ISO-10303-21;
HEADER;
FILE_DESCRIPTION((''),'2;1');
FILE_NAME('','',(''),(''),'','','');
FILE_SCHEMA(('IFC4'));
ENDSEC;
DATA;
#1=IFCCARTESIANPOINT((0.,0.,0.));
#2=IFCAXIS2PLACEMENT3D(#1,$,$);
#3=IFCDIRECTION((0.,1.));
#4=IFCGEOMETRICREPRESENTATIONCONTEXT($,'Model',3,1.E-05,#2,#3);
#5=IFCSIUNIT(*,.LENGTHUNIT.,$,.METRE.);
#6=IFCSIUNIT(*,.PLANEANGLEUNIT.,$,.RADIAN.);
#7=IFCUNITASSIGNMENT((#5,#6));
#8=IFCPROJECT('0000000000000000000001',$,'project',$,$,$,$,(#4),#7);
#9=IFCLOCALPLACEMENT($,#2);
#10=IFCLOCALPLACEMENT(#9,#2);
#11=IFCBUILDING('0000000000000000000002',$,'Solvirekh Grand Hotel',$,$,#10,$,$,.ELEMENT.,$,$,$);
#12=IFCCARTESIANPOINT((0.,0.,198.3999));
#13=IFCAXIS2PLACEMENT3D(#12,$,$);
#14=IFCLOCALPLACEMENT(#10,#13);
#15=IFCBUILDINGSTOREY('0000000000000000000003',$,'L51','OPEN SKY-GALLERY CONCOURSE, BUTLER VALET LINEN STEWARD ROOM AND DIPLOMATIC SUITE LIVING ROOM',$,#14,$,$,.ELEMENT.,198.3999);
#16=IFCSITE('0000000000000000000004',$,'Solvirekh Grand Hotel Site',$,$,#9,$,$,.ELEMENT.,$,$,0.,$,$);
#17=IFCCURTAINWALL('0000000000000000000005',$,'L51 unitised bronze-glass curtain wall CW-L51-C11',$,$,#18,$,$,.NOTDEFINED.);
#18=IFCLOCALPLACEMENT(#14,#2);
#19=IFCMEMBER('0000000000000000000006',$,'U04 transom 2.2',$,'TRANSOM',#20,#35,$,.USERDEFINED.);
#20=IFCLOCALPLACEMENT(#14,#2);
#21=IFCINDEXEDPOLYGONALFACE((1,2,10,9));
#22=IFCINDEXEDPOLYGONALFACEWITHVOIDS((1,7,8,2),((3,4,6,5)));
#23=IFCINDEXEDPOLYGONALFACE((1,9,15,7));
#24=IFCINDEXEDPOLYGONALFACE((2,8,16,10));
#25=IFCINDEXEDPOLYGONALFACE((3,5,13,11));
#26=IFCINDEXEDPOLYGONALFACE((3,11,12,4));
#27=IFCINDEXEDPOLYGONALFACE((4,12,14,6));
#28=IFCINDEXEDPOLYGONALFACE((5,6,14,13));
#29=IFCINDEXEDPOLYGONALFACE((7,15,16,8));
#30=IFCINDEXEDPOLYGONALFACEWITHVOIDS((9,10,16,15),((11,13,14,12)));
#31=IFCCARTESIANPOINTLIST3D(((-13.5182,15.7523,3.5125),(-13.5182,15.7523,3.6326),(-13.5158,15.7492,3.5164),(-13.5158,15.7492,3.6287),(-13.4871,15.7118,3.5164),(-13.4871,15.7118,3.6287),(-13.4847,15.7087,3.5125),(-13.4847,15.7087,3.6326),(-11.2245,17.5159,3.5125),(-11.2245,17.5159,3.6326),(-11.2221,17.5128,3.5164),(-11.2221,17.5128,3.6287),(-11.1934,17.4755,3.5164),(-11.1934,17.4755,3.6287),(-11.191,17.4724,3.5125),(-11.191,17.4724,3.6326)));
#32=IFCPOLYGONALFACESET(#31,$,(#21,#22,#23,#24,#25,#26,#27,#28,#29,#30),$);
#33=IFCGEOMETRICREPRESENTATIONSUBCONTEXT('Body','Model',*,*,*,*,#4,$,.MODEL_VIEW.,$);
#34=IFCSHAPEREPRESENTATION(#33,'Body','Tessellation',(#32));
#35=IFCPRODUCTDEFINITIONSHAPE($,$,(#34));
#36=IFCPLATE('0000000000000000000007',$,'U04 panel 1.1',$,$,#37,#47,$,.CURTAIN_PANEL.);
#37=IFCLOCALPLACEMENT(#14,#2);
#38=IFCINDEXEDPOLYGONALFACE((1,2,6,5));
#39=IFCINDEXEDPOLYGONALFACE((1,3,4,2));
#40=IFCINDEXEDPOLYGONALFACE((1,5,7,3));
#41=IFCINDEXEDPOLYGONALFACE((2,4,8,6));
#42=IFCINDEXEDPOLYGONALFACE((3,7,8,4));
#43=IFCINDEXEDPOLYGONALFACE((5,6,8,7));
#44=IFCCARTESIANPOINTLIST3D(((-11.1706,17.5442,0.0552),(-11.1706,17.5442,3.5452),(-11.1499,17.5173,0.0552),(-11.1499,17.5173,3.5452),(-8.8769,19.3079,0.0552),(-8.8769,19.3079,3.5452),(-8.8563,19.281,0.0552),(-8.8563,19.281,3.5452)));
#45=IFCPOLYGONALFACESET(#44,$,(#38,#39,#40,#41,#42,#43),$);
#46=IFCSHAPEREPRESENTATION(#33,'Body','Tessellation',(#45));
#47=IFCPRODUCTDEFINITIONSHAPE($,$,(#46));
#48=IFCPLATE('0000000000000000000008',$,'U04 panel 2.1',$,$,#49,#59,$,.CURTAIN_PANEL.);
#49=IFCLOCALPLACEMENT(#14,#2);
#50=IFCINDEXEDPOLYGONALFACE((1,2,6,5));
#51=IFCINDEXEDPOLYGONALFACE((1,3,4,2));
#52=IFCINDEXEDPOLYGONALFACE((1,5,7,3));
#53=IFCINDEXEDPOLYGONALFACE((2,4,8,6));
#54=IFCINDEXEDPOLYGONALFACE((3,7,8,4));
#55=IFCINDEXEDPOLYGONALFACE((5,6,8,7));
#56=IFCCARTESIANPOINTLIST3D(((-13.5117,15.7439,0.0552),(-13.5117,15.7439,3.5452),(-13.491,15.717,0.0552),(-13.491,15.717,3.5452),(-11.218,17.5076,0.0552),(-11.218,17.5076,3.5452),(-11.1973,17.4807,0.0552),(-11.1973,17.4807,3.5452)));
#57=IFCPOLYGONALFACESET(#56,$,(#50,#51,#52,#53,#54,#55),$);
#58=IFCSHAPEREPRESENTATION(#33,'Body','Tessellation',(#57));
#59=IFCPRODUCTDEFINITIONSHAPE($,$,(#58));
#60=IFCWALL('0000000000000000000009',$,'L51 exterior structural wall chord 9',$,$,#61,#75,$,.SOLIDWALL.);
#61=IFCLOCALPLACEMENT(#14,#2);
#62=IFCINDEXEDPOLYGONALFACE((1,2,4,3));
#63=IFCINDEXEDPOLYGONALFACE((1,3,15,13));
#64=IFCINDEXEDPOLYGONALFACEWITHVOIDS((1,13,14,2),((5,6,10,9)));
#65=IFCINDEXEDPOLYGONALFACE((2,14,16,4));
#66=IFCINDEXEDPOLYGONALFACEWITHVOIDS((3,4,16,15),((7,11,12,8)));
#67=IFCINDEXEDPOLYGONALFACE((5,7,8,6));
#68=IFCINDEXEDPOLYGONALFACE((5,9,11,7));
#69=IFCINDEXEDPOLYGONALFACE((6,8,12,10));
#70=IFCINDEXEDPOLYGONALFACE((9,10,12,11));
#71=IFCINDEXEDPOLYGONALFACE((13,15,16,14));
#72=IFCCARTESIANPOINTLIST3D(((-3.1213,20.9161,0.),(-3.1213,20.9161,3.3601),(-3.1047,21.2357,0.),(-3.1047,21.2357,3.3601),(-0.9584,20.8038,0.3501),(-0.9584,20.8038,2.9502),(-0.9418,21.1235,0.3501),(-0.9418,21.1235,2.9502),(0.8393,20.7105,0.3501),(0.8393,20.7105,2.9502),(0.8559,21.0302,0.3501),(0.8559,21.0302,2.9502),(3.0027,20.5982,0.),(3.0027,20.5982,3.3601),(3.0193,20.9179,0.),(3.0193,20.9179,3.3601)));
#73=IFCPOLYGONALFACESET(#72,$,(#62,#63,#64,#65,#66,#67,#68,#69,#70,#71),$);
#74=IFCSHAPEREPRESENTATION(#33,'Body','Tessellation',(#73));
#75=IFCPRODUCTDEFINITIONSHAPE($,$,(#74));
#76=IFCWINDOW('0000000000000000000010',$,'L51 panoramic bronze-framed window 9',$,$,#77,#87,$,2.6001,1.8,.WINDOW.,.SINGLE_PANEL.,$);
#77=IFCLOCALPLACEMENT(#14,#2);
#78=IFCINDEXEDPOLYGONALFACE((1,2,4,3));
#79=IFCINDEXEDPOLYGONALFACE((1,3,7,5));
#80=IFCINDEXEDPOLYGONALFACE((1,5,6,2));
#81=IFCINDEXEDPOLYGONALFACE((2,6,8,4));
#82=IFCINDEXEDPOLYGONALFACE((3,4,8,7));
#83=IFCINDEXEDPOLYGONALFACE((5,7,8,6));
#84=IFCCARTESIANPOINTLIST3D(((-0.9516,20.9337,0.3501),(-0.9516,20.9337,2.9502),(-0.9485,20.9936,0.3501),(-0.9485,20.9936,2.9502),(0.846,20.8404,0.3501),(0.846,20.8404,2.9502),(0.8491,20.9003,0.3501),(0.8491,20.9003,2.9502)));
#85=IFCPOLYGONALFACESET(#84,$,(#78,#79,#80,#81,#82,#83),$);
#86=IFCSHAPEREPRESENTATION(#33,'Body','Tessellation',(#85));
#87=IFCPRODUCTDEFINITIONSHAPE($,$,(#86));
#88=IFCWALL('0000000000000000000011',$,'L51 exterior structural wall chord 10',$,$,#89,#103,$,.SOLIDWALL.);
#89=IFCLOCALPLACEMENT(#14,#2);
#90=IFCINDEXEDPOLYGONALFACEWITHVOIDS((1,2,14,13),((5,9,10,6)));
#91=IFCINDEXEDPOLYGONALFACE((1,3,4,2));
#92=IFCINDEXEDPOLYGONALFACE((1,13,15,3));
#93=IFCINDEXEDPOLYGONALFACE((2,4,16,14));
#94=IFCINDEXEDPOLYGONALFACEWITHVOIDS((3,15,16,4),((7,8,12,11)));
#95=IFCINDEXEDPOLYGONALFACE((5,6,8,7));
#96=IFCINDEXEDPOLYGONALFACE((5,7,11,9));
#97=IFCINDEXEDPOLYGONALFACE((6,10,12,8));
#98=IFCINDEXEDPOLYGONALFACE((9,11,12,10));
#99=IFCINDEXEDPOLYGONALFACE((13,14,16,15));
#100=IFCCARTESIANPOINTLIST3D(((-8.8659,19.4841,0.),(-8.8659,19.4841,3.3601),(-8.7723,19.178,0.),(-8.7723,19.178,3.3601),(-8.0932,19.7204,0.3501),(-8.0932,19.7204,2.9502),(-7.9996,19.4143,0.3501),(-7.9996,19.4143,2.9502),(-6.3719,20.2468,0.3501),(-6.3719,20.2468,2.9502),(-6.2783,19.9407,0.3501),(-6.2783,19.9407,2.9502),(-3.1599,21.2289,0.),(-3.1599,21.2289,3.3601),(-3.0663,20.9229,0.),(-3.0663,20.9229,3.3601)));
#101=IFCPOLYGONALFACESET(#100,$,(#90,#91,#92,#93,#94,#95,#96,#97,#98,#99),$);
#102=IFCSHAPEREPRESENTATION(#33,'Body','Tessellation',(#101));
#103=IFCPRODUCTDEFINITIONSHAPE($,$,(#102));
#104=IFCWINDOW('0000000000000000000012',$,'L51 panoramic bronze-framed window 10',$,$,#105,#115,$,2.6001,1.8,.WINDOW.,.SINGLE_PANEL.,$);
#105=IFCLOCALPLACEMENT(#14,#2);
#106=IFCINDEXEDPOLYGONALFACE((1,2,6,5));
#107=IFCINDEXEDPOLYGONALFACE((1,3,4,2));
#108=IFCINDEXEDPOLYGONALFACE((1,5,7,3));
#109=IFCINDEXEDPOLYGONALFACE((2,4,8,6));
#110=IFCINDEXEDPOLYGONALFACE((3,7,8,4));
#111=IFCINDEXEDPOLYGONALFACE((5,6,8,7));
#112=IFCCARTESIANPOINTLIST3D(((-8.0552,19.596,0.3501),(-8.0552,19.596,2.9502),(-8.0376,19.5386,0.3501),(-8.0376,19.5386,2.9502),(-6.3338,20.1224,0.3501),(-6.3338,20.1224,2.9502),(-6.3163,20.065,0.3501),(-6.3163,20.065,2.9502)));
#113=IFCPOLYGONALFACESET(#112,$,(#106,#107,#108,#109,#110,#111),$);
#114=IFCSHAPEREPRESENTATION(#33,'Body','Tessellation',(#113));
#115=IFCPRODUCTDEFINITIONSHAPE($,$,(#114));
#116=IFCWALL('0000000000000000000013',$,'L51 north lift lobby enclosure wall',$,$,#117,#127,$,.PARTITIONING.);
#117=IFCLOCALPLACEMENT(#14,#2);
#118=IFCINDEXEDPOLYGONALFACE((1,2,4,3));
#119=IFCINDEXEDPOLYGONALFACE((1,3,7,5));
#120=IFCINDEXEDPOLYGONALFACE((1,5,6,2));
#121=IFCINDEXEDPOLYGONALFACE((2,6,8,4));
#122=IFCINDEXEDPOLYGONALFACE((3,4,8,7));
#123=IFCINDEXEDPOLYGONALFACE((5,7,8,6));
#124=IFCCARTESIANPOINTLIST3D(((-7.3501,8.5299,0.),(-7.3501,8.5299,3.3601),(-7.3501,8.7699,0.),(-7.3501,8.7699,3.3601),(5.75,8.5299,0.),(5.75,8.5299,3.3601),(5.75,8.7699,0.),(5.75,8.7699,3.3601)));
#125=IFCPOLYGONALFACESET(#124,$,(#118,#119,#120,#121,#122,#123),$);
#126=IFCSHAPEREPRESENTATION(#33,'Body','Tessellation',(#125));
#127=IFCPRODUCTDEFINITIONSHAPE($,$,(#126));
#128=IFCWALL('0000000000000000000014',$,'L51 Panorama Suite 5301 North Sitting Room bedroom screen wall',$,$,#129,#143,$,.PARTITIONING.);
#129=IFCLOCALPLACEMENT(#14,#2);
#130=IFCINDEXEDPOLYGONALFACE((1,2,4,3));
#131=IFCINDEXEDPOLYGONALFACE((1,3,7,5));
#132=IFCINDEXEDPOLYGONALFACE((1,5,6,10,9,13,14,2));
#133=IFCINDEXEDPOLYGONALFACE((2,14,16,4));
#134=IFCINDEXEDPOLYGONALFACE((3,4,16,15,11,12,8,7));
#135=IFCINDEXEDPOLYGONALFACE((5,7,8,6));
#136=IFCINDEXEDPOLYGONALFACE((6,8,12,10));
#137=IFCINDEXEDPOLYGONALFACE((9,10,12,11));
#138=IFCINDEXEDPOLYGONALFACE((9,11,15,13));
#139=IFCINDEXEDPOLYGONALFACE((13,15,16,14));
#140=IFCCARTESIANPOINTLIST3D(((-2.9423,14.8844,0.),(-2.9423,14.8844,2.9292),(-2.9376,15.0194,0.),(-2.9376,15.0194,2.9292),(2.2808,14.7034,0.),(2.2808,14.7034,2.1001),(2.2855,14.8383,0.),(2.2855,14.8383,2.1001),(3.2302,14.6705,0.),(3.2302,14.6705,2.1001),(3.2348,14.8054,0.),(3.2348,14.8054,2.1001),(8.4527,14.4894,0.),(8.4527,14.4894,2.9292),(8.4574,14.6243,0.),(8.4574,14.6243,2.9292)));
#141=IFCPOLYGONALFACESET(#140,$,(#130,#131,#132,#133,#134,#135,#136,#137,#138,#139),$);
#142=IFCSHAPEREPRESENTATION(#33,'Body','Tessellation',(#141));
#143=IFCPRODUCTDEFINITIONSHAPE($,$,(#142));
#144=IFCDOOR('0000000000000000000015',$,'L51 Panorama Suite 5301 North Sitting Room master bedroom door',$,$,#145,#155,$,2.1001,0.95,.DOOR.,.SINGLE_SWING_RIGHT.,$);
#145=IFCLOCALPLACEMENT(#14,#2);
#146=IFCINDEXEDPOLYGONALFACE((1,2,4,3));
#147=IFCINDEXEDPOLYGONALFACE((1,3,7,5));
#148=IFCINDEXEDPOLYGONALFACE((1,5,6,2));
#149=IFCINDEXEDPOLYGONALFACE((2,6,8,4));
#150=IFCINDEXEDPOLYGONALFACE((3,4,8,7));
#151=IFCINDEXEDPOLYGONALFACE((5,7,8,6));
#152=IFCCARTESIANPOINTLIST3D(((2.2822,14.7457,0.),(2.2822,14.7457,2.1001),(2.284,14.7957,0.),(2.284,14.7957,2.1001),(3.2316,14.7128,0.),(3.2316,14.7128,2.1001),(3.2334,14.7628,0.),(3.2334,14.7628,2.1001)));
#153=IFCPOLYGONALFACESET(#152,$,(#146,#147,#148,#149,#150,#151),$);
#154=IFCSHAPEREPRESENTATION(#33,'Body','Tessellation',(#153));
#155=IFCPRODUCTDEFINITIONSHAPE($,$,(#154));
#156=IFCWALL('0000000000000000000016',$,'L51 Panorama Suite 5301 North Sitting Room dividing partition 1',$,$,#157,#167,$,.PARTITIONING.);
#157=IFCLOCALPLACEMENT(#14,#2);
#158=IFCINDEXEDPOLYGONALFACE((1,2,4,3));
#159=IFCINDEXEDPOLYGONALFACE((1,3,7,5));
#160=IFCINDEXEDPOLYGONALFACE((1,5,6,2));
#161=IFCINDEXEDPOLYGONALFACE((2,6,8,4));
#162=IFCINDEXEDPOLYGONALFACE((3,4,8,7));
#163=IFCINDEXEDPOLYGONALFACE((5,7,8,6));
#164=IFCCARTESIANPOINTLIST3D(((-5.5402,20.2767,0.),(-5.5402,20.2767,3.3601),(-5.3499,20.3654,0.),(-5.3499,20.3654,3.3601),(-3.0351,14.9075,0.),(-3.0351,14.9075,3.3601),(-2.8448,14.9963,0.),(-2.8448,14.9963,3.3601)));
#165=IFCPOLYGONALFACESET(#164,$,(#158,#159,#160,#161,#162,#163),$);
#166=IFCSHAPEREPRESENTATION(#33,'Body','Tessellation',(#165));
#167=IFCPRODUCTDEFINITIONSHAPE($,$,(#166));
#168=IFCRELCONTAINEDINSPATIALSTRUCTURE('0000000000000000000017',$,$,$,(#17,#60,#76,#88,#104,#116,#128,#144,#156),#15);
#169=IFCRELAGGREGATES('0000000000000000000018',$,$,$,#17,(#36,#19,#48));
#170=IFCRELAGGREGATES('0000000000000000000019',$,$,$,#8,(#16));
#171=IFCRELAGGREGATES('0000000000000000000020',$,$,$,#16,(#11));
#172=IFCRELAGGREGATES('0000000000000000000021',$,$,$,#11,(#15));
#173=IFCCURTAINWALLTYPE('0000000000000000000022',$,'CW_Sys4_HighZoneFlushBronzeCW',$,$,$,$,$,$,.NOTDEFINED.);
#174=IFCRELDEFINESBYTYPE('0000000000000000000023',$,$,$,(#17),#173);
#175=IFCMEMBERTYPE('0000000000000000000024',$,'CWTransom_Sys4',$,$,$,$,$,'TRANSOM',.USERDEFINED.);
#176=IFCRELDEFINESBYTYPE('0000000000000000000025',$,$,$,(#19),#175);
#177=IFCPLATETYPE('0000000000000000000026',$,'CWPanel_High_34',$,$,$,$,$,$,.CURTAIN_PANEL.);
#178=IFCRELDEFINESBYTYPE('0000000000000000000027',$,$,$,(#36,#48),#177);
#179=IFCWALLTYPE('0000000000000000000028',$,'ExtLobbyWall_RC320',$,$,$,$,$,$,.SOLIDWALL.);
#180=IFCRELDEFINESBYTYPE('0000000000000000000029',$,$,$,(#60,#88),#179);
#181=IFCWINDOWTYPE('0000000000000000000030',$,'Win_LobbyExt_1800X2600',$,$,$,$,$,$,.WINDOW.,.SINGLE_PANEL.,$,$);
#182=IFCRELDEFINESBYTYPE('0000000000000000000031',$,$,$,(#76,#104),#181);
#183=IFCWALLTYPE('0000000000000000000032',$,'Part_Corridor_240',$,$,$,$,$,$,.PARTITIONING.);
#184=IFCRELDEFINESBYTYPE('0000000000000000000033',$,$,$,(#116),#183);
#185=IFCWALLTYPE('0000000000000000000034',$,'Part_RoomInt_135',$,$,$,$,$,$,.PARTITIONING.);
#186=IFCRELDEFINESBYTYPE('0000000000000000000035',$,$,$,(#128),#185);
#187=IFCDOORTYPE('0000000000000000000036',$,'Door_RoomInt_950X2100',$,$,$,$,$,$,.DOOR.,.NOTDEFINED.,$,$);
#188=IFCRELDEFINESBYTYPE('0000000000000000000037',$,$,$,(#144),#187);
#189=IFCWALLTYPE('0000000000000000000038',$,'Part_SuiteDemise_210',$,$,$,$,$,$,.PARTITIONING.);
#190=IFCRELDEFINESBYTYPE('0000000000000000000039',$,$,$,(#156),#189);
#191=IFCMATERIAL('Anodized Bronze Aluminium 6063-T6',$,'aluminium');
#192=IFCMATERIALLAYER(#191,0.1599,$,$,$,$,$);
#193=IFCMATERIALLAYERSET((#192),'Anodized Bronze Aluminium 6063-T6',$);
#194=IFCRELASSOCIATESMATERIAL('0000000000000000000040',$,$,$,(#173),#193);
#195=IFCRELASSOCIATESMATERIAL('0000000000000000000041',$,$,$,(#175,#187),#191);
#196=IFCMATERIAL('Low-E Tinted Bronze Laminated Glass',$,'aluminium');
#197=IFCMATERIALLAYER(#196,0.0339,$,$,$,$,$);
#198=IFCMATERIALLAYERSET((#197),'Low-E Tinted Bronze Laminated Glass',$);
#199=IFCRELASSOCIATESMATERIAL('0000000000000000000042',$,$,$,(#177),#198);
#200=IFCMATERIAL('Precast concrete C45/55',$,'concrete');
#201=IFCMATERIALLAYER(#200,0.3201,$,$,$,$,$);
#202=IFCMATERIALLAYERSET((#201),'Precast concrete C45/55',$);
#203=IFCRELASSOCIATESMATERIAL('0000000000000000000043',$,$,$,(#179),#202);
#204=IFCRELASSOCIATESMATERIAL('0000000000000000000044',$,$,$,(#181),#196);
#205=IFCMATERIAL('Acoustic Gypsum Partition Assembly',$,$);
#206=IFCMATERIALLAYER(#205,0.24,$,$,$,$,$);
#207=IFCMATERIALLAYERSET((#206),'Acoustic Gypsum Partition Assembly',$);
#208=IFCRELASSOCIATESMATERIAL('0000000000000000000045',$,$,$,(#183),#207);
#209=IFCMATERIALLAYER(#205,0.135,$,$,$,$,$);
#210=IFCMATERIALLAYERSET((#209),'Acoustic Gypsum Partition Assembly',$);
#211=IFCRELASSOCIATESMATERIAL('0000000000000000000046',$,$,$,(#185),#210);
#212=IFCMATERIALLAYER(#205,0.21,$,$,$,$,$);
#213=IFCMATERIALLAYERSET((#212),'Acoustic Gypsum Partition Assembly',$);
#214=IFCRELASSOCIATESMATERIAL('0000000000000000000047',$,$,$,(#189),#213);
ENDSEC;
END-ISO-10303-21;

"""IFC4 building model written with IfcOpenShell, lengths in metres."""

from ifc_helpers import new_model, si_unit, direction, frame, frame_2d, origin, origin_2d, place, context, subcontext, project, spatial, rectangle, hollow_rectangle, extrude, source, transform, mapped, material, layer, layer_set, material_profile, profile_set, type_object, element, fill, aggregate, save


model = new_model("IFC4")

# Units and contexts
model_context = context("Model", 3, precision=1e-05, world=origin(), true_north=direction((0.0, 1.0)))
body_context = subcontext(model_context, "Body", "Model", "MODEL_VIEW")
ifc_project = project(units=[si_unit("LENGTHUNIT", "METRE"), si_unit("PLANEANGLEUNIT", "RADIAN")], contexts=[model_context])

# Site, building, storey
site_placement = place(None, origin())
site = spatial("IfcSite", under=ifc_project, at=site_placement, Name="Solvirekh Grand Hotel Site", CompositionType="ELEMENT", RefElevation=0.0)
building_placement = place(site_placement, origin())
building = spatial("IfcBuilding", under=site, at=building_placement, Name="Solvirekh Grand Hotel", CompositionType="ELEMENT")
storey_placement = place(building_placement, frame((0.0, 0.0, 198.3999)))
storey = spatial("IfcBuildingStorey", under=building, at=storey_placement, Name="L51", Description="OPEN SKY-GALLERY CONCOURSE, BUTLER VALET LINEN STEWARD ROOM AND DIPLOMATIC SUITE LIVING ROOM", CompositionType="ELEMENT", Elevation=198.3999)

# Curtain wall, member, plates
ifc_material_1 = material(Name="Anodized Bronze Aluminium 6063-T6", Category="aluminium")
ifc_layer_1 = layer(ifc_material_1, 0.1599)
ifc_layer_set_1 = layer_set([ifc_layer_1], Name="Anodized Bronze Aluminium 6063-T6")
curtain_wall_type = type_object("IfcCurtainWallType", Name="CW_Sys4_HighZoneFlushBronzeCW", PredefinedType="NOTDEFINED", material=ifc_layer_set_1)
curtain_wall_placement = place(storey_placement, origin())
curtain_wall = element("IfcCurtainWall", 1, at=curtain_wall_placement, inside=storey, type_object=curtain_wall_type, Name="L51 unitised bronze-glass curtain wall CW-L51-C11", PredefinedType="NOTDEFINED")
ifc_material_profile_1 = material_profile(ifc_material_1, hollow_rectangle(XDim=0.0549, YDim=0.1201, WallThickness=0.0039, at=origin_2d()), Name="ALU RHS 120X55X4")
ifc_profile_set_1 = profile_set([ifc_material_profile_1], Name="Anodized Bronze Aluminium 6063-T6")
member_type_1 = type_object("IfcMemberType", Name="CWTransom_Sys4", ElementType="TRANSOM", PredefinedType="USERDEFINED", material=ifc_profile_set_1)
shared_shape_1 = source(origin(), body_context, "Body", "SweptSolid", [
    extrude(hollow_rectangle(XDim=0.0549, YDim=0.1201, WallThickness=0.0039, at=origin_2d()), origin(), (0.0, 0.0, 1.0), 2.8933),
])
member_1_placement = place(storey_placement, frame((-11.2078, 17.4941, 3.5725), z_axis=(-0.792743, -0.609556, 0.0), x_axis=(0.609556, -0.792743, 0.0)))
member_1 = element("IfcMember", 2, at=member_1_placement, type_object=member_type_1, Name="U04 transom 2.2", ObjectType="TRANSOM", PredefinedType="USERDEFINED", context=body_context, shape_type="MappedRepresentation", body=[
    mapped(shared_shape_1, transform((0.0, 0.0, 0.0), x_axis=(1.0, 0.0, 0.0), y_axis=(0.0, 1.0, 0.0), z_axis=(0.0, 0.0, 1.0), scale=1.0)),
])
ifc_material_2 = material(Name="Low-E Tinted Bronze Laminated Glass", Category="aluminium")
ifc_layer_2 = layer(ifc_material_2, 0.0339)
ifc_layer_set_2 = layer_set([ifc_layer_2], Name="Low-E Tinted Bronze Laminated Glass")
plate_type = type_object("IfcPlateType", Name="CWPanel_High_34", PredefinedType="CURTAIN_PANEL", material=ifc_layer_set_2)
shared_shape_2 = source(origin(), body_context, "Body", "SweptSolid", [
    extrude(rectangle(XDim=2.8933, YDim=0.0339, at=origin_2d()), origin(), (0.0, 0.0, 1.0), 3.49),
])
plate_1_placement = place(storey_placement, frame((-10.0134, 18.4126, 0.0552), z_axis=(0.0, 0.0, 1.0), x_axis=(-0.792742, -0.609557, 0.0)))
plate_1 = element("IfcPlate", 3, at=plate_1_placement, type_object=plate_type, Name="U04 panel 1.1", PredefinedType="CURTAIN_PANEL", context=body_context, shape_type="MappedRepresentation", body=[
    mapped(shared_shape_2, transform((0.0, 0.0, 0.0), x_axis=(1.0, 0.0, 0.0), y_axis=(0.0, 1.0, 0.0), z_axis=(0.0, 0.0, 1.0), scale=1.0)),
])
plate_2_placement = place(storey_placement, frame((-12.3545, 16.6123, 0.0552), z_axis=(0.0, 0.0, 1.0), x_axis=(-0.792742, -0.609557, 0.0)))
plate_2 = element("IfcPlate", 4, at=plate_2_placement, type_object=plate_type, Name="U04 panel 2.1", PredefinedType="CURTAIN_PANEL", context=body_context, shape_type="MappedRepresentation", body=[
    mapped(shared_shape_2, transform((0.0, 0.0, 0.0), x_axis=(1.0, 0.0, 0.0), y_axis=(0.0, 1.0, 0.0), z_axis=(0.0, 0.0, 1.0), scale=1.0)),
])
aggregate(curtain_wall, [plate_1, member_1, plate_2])

# Walls, openings, windows
ifc_material_3 = material(Name="Precast concrete C45/55", Category="concrete")
ifc_layer_3 = layer(ifc_material_3, 0.3201)
ifc_layer_set_3 = layer_set([ifc_layer_3], Name="Precast concrete C45/55")
wall_type_1 = type_object("IfcWallType", Name="ExtLobbyWall_RC320", PredefinedType="SOLIDWALL", material=ifc_layer_set_3)
wall_1_placement = place(storey_placement, frame((-3.113, 21.0759, 0.0), z_axis=(0.0, 0.0, 1.0), x_axis=(0.998656, -0.051836, 0.0)))
wall_1 = element("IfcWall", 5, at=wall_1_placement, inside=storey, type_object=wall_type_1, Name="L51 exterior structural wall chord 9", PredefinedType="SOLIDWALL", context=body_context, shape_type="SweptSolid", body=[
    extrude(rectangle(XDim=6.1323, YDim=0.3201, at=frame_2d((3.0662, 0.0))), origin(), (0.0, 0.0, 1.0), 3.3601),
])
opening_1_placement = place(wall_1_placement, frame((2.166, 0.0, 0.3501)))
opening_1 = element("IfcOpeningElement", 6, at=opening_1_placement, cuts=wall_1, PredefinedType="OPENING", context=body_context, shape_type="SweptSolid", body=[
    extrude(rectangle(XDim=1.8, YDim=2.6001, at=frame_2d((0.8999, 1.3))), frame((0.0, 0.1699, 0.0), z_axis=(0.0, -1.0, 0.0), x_axis=(1.0, 0.0, 0.0)), (0.0, 0.0, 1.0), 0.3401),
])
window_type = type_object("IfcWindowType", Name="Win_LobbyExt_1800X2600", PartitioningType="SINGLE_PANEL", PredefinedType="WINDOW", material=ifc_material_2)
window_1_placement = place(opening_1_placement, origin())
window_1 = element("IfcWindow", 7, at=window_1_placement, inside=storey, type_object=window_type, Name="L51 panoramic bronze-framed window 9", OverallHeight=2.6001, OverallWidth=1.8, PartitioningType="SINGLE_PANEL", PredefinedType="WINDOW", context=body_context, shape_type="SweptSolid", body=[
    extrude(rectangle(XDim=1.8, YDim=2.6001, at=frame_2d((0.8999, 1.3))), frame((0.0, 0.03, 0.0), z_axis=(0.0, -1.0, 0.0), x_axis=(1.0, 0.0, 0.0)), (0.0, 0.0, 1.0), 0.0601),
])
fill(opening_1, window_1)
wall_2_placement = place(storey_placement, frame((-8.8191, 19.3311, 0.0), z_axis=(0.0, 0.0, 1.0), x_axis=(0.956288, 0.292426, 0.0)))
wall_2 = element("IfcWall", 8, at=wall_2_placement, inside=storey, type_object=wall_type_1, Name="L51 exterior structural wall chord 10", PredefinedType="SOLIDWALL", context=body_context, shape_type="SweptSolid", body=[
    extrude(rectangle(XDim=5.9668, YDim=0.3201, at=frame_2d((2.9834, 0.0))), origin(), (0.0, 0.0, 1.0), 3.3601),
])
opening_2_placement = place(wall_2_placement, frame((0.8081, 0.0, 0.3501)))
opening_2 = element("IfcOpeningElement", 9, at=opening_2_placement, cuts=wall_2, PredefinedType="OPENING", context=body_context, shape_type="SweptSolid", body=[
    extrude(rectangle(XDim=1.8, YDim=2.6001, at=frame_2d((0.8999, 1.3))), frame((0.0, 0.1699, 0.0), z_axis=(0.0, -1.0, 0.0), x_axis=(1.0, 0.0, 0.0)), (0.0, 0.0, 1.0), 0.3401),
])
window_2_placement = place(opening_2_placement, origin())
window_2 = element("IfcWindow", 10, at=window_2_placement, inside=storey, type_object=window_type, Name="L51 panoramic bronze-framed window 10", OverallHeight=2.6001, OverallWidth=1.8, PartitioningType="SINGLE_PANEL", PredefinedType="WINDOW", context=body_context, shape_type="SweptSolid", body=[
    extrude(rectangle(XDim=1.8, YDim=2.6001, at=frame_2d((0.8999, 1.3))), frame((0.0, 0.03, 0.0), z_axis=(0.0, -1.0, 0.0), x_axis=(1.0, 0.0, 0.0)), (0.0, 0.0, 1.0), 0.0601),
])
fill(opening_2, window_2)

# Wall
ifc_material_4 = material(Name="Acoustic Gypsum Partition Assembly")
ifc_layer_4 = layer(ifc_material_4, 0.24)
ifc_layer_set_4 = layer_set([ifc_layer_4], Name="Acoustic Gypsum Partition Assembly")
wall_type_2 = type_object("IfcWallType", Name="Part_Corridor_240", PredefinedType="PARTITIONING", material=ifc_layer_set_4)
wall_3_placement = place(storey_placement, frame((-7.3501, 8.6499, 0.0), z_axis=(0.0, 0.0, 1.0), x_axis=(1.0, 0.0, 0.0)))
element("IfcWall", 11, at=wall_3_placement, inside=storey, type_object=wall_type_2, Name="L51 north lift lobby enclosure wall", PredefinedType="PARTITIONING", context=body_context, shape_type="SweptSolid", body=[
    extrude(rectangle(XDim=13.1001, YDim=0.24, at=frame_2d((6.55, 0.0))), origin(), (0.0, 0.0, 1.0), 3.3601),
])

# Wall, opening, door
ifc_layer_5 = layer(ifc_material_4, 0.135)
ifc_layer_set_5 = layer_set([ifc_layer_5], Name="Acoustic Gypsum Partition Assembly")
wall_type_3 = type_object("IfcWallType", Name="Part_RoomInt_135", PredefinedType="PARTITIONING", material=ifc_layer_set_5)
wall_4_placement = place(storey_placement, frame((-2.9399, 14.9519, 0.0), z_axis=(0.0, 0.0, 1.0), x_axis=(0.9994, -0.034645, 0.0)))
wall_4 = element("IfcWall", 12, at=wall_4_placement, inside=storey, type_object=wall_type_3, Name="L51 Panorama Suite 5301 North Sitting Room bedroom screen wall", PredefinedType="PARTITIONING", context=body_context, shape_type="SweptSolid", body=[
    extrude(rectangle(XDim=11.4019, YDim=0.135, at=frame_2d((5.7009, 0.0))), origin(), (0.0, 0.0, 1.0), 2.9292),
])
opening_3_placement = place(wall_4_placement, frame((5.2261, 0.0, 0.0)))
opening_3 = element("IfcOpeningElement", 13, at=opening_3_placement, cuts=wall_4, PredefinedType="OPENING", context=body_context, shape_type="SweptSolid", body=[
    extrude(rectangle(XDim=0.95, YDim=2.1001, at=frame_2d((0.4751, 1.05))), frame((0.0, 0.0776, 0.0), z_axis=(0.0, -1.0, 0.0), x_axis=(1.0, 0.0, 0.0)), (0.0, 0.0, 1.0), 0.155),
])
door_type = type_object("IfcDoorType", Name="Door_RoomInt_950X2100", OperationType="NOTDEFINED", PredefinedType="DOOR", material=ifc_material_1)
door_placement = place(opening_3_placement, origin())
door = element("IfcDoor", 14, at=door_placement, inside=storey, type_object=door_type, Name="L51 Panorama Suite 5301 North Sitting Room master bedroom door", OperationType="SINGLE_SWING_RIGHT", OverallHeight=2.1001, OverallWidth=0.95, PredefinedType="DOOR", context=body_context, shape_type="SweptSolid", body=[
    extrude(rectangle(XDim=0.95, YDim=2.1001, at=frame_2d((0.4751, 1.05))), frame((0.0, 0.0249, 0.0), z_axis=(0.0, -1.0, 0.0), x_axis=(1.0, 0.0, 0.0)), (0.0, 0.0, 1.0), 0.05),
])
fill(opening_3, door)

# Wall
ifc_layer_6 = layer(ifc_material_4, 0.21)
ifc_layer_set_6 = layer_set([ifc_layer_6], Name="Acoustic Gypsum Partition Assembly")
wall_type_4 = type_object("IfcWallType", Name="Part_SuiteDemise_210", PredefinedType="PARTITIONING", material=ifc_layer_set_6)
wall_5_placement = place(storey_placement, frame((-2.9399, 14.9519, 0.0), z_axis=(0.0, 0.0, 1.0), x_axis=(-0.42282, 0.906214, 0.0)))
element("IfcWall", 15, at=wall_5_placement, inside=storey, type_object=wall_type_4, Name="L51 Panorama Suite 5301 North Sitting Room dividing partition 1", PredefinedType="PARTITIONING", context=body_context, shape_type="SweptSolid", body=[
    extrude(rectangle(XDim=5.9248, YDim=0.21, at=frame_2d((2.9624, 0.0))), origin(), (0.0, 0.0, 1.0), 3.3601),
])

save(model, "model.ifc")
